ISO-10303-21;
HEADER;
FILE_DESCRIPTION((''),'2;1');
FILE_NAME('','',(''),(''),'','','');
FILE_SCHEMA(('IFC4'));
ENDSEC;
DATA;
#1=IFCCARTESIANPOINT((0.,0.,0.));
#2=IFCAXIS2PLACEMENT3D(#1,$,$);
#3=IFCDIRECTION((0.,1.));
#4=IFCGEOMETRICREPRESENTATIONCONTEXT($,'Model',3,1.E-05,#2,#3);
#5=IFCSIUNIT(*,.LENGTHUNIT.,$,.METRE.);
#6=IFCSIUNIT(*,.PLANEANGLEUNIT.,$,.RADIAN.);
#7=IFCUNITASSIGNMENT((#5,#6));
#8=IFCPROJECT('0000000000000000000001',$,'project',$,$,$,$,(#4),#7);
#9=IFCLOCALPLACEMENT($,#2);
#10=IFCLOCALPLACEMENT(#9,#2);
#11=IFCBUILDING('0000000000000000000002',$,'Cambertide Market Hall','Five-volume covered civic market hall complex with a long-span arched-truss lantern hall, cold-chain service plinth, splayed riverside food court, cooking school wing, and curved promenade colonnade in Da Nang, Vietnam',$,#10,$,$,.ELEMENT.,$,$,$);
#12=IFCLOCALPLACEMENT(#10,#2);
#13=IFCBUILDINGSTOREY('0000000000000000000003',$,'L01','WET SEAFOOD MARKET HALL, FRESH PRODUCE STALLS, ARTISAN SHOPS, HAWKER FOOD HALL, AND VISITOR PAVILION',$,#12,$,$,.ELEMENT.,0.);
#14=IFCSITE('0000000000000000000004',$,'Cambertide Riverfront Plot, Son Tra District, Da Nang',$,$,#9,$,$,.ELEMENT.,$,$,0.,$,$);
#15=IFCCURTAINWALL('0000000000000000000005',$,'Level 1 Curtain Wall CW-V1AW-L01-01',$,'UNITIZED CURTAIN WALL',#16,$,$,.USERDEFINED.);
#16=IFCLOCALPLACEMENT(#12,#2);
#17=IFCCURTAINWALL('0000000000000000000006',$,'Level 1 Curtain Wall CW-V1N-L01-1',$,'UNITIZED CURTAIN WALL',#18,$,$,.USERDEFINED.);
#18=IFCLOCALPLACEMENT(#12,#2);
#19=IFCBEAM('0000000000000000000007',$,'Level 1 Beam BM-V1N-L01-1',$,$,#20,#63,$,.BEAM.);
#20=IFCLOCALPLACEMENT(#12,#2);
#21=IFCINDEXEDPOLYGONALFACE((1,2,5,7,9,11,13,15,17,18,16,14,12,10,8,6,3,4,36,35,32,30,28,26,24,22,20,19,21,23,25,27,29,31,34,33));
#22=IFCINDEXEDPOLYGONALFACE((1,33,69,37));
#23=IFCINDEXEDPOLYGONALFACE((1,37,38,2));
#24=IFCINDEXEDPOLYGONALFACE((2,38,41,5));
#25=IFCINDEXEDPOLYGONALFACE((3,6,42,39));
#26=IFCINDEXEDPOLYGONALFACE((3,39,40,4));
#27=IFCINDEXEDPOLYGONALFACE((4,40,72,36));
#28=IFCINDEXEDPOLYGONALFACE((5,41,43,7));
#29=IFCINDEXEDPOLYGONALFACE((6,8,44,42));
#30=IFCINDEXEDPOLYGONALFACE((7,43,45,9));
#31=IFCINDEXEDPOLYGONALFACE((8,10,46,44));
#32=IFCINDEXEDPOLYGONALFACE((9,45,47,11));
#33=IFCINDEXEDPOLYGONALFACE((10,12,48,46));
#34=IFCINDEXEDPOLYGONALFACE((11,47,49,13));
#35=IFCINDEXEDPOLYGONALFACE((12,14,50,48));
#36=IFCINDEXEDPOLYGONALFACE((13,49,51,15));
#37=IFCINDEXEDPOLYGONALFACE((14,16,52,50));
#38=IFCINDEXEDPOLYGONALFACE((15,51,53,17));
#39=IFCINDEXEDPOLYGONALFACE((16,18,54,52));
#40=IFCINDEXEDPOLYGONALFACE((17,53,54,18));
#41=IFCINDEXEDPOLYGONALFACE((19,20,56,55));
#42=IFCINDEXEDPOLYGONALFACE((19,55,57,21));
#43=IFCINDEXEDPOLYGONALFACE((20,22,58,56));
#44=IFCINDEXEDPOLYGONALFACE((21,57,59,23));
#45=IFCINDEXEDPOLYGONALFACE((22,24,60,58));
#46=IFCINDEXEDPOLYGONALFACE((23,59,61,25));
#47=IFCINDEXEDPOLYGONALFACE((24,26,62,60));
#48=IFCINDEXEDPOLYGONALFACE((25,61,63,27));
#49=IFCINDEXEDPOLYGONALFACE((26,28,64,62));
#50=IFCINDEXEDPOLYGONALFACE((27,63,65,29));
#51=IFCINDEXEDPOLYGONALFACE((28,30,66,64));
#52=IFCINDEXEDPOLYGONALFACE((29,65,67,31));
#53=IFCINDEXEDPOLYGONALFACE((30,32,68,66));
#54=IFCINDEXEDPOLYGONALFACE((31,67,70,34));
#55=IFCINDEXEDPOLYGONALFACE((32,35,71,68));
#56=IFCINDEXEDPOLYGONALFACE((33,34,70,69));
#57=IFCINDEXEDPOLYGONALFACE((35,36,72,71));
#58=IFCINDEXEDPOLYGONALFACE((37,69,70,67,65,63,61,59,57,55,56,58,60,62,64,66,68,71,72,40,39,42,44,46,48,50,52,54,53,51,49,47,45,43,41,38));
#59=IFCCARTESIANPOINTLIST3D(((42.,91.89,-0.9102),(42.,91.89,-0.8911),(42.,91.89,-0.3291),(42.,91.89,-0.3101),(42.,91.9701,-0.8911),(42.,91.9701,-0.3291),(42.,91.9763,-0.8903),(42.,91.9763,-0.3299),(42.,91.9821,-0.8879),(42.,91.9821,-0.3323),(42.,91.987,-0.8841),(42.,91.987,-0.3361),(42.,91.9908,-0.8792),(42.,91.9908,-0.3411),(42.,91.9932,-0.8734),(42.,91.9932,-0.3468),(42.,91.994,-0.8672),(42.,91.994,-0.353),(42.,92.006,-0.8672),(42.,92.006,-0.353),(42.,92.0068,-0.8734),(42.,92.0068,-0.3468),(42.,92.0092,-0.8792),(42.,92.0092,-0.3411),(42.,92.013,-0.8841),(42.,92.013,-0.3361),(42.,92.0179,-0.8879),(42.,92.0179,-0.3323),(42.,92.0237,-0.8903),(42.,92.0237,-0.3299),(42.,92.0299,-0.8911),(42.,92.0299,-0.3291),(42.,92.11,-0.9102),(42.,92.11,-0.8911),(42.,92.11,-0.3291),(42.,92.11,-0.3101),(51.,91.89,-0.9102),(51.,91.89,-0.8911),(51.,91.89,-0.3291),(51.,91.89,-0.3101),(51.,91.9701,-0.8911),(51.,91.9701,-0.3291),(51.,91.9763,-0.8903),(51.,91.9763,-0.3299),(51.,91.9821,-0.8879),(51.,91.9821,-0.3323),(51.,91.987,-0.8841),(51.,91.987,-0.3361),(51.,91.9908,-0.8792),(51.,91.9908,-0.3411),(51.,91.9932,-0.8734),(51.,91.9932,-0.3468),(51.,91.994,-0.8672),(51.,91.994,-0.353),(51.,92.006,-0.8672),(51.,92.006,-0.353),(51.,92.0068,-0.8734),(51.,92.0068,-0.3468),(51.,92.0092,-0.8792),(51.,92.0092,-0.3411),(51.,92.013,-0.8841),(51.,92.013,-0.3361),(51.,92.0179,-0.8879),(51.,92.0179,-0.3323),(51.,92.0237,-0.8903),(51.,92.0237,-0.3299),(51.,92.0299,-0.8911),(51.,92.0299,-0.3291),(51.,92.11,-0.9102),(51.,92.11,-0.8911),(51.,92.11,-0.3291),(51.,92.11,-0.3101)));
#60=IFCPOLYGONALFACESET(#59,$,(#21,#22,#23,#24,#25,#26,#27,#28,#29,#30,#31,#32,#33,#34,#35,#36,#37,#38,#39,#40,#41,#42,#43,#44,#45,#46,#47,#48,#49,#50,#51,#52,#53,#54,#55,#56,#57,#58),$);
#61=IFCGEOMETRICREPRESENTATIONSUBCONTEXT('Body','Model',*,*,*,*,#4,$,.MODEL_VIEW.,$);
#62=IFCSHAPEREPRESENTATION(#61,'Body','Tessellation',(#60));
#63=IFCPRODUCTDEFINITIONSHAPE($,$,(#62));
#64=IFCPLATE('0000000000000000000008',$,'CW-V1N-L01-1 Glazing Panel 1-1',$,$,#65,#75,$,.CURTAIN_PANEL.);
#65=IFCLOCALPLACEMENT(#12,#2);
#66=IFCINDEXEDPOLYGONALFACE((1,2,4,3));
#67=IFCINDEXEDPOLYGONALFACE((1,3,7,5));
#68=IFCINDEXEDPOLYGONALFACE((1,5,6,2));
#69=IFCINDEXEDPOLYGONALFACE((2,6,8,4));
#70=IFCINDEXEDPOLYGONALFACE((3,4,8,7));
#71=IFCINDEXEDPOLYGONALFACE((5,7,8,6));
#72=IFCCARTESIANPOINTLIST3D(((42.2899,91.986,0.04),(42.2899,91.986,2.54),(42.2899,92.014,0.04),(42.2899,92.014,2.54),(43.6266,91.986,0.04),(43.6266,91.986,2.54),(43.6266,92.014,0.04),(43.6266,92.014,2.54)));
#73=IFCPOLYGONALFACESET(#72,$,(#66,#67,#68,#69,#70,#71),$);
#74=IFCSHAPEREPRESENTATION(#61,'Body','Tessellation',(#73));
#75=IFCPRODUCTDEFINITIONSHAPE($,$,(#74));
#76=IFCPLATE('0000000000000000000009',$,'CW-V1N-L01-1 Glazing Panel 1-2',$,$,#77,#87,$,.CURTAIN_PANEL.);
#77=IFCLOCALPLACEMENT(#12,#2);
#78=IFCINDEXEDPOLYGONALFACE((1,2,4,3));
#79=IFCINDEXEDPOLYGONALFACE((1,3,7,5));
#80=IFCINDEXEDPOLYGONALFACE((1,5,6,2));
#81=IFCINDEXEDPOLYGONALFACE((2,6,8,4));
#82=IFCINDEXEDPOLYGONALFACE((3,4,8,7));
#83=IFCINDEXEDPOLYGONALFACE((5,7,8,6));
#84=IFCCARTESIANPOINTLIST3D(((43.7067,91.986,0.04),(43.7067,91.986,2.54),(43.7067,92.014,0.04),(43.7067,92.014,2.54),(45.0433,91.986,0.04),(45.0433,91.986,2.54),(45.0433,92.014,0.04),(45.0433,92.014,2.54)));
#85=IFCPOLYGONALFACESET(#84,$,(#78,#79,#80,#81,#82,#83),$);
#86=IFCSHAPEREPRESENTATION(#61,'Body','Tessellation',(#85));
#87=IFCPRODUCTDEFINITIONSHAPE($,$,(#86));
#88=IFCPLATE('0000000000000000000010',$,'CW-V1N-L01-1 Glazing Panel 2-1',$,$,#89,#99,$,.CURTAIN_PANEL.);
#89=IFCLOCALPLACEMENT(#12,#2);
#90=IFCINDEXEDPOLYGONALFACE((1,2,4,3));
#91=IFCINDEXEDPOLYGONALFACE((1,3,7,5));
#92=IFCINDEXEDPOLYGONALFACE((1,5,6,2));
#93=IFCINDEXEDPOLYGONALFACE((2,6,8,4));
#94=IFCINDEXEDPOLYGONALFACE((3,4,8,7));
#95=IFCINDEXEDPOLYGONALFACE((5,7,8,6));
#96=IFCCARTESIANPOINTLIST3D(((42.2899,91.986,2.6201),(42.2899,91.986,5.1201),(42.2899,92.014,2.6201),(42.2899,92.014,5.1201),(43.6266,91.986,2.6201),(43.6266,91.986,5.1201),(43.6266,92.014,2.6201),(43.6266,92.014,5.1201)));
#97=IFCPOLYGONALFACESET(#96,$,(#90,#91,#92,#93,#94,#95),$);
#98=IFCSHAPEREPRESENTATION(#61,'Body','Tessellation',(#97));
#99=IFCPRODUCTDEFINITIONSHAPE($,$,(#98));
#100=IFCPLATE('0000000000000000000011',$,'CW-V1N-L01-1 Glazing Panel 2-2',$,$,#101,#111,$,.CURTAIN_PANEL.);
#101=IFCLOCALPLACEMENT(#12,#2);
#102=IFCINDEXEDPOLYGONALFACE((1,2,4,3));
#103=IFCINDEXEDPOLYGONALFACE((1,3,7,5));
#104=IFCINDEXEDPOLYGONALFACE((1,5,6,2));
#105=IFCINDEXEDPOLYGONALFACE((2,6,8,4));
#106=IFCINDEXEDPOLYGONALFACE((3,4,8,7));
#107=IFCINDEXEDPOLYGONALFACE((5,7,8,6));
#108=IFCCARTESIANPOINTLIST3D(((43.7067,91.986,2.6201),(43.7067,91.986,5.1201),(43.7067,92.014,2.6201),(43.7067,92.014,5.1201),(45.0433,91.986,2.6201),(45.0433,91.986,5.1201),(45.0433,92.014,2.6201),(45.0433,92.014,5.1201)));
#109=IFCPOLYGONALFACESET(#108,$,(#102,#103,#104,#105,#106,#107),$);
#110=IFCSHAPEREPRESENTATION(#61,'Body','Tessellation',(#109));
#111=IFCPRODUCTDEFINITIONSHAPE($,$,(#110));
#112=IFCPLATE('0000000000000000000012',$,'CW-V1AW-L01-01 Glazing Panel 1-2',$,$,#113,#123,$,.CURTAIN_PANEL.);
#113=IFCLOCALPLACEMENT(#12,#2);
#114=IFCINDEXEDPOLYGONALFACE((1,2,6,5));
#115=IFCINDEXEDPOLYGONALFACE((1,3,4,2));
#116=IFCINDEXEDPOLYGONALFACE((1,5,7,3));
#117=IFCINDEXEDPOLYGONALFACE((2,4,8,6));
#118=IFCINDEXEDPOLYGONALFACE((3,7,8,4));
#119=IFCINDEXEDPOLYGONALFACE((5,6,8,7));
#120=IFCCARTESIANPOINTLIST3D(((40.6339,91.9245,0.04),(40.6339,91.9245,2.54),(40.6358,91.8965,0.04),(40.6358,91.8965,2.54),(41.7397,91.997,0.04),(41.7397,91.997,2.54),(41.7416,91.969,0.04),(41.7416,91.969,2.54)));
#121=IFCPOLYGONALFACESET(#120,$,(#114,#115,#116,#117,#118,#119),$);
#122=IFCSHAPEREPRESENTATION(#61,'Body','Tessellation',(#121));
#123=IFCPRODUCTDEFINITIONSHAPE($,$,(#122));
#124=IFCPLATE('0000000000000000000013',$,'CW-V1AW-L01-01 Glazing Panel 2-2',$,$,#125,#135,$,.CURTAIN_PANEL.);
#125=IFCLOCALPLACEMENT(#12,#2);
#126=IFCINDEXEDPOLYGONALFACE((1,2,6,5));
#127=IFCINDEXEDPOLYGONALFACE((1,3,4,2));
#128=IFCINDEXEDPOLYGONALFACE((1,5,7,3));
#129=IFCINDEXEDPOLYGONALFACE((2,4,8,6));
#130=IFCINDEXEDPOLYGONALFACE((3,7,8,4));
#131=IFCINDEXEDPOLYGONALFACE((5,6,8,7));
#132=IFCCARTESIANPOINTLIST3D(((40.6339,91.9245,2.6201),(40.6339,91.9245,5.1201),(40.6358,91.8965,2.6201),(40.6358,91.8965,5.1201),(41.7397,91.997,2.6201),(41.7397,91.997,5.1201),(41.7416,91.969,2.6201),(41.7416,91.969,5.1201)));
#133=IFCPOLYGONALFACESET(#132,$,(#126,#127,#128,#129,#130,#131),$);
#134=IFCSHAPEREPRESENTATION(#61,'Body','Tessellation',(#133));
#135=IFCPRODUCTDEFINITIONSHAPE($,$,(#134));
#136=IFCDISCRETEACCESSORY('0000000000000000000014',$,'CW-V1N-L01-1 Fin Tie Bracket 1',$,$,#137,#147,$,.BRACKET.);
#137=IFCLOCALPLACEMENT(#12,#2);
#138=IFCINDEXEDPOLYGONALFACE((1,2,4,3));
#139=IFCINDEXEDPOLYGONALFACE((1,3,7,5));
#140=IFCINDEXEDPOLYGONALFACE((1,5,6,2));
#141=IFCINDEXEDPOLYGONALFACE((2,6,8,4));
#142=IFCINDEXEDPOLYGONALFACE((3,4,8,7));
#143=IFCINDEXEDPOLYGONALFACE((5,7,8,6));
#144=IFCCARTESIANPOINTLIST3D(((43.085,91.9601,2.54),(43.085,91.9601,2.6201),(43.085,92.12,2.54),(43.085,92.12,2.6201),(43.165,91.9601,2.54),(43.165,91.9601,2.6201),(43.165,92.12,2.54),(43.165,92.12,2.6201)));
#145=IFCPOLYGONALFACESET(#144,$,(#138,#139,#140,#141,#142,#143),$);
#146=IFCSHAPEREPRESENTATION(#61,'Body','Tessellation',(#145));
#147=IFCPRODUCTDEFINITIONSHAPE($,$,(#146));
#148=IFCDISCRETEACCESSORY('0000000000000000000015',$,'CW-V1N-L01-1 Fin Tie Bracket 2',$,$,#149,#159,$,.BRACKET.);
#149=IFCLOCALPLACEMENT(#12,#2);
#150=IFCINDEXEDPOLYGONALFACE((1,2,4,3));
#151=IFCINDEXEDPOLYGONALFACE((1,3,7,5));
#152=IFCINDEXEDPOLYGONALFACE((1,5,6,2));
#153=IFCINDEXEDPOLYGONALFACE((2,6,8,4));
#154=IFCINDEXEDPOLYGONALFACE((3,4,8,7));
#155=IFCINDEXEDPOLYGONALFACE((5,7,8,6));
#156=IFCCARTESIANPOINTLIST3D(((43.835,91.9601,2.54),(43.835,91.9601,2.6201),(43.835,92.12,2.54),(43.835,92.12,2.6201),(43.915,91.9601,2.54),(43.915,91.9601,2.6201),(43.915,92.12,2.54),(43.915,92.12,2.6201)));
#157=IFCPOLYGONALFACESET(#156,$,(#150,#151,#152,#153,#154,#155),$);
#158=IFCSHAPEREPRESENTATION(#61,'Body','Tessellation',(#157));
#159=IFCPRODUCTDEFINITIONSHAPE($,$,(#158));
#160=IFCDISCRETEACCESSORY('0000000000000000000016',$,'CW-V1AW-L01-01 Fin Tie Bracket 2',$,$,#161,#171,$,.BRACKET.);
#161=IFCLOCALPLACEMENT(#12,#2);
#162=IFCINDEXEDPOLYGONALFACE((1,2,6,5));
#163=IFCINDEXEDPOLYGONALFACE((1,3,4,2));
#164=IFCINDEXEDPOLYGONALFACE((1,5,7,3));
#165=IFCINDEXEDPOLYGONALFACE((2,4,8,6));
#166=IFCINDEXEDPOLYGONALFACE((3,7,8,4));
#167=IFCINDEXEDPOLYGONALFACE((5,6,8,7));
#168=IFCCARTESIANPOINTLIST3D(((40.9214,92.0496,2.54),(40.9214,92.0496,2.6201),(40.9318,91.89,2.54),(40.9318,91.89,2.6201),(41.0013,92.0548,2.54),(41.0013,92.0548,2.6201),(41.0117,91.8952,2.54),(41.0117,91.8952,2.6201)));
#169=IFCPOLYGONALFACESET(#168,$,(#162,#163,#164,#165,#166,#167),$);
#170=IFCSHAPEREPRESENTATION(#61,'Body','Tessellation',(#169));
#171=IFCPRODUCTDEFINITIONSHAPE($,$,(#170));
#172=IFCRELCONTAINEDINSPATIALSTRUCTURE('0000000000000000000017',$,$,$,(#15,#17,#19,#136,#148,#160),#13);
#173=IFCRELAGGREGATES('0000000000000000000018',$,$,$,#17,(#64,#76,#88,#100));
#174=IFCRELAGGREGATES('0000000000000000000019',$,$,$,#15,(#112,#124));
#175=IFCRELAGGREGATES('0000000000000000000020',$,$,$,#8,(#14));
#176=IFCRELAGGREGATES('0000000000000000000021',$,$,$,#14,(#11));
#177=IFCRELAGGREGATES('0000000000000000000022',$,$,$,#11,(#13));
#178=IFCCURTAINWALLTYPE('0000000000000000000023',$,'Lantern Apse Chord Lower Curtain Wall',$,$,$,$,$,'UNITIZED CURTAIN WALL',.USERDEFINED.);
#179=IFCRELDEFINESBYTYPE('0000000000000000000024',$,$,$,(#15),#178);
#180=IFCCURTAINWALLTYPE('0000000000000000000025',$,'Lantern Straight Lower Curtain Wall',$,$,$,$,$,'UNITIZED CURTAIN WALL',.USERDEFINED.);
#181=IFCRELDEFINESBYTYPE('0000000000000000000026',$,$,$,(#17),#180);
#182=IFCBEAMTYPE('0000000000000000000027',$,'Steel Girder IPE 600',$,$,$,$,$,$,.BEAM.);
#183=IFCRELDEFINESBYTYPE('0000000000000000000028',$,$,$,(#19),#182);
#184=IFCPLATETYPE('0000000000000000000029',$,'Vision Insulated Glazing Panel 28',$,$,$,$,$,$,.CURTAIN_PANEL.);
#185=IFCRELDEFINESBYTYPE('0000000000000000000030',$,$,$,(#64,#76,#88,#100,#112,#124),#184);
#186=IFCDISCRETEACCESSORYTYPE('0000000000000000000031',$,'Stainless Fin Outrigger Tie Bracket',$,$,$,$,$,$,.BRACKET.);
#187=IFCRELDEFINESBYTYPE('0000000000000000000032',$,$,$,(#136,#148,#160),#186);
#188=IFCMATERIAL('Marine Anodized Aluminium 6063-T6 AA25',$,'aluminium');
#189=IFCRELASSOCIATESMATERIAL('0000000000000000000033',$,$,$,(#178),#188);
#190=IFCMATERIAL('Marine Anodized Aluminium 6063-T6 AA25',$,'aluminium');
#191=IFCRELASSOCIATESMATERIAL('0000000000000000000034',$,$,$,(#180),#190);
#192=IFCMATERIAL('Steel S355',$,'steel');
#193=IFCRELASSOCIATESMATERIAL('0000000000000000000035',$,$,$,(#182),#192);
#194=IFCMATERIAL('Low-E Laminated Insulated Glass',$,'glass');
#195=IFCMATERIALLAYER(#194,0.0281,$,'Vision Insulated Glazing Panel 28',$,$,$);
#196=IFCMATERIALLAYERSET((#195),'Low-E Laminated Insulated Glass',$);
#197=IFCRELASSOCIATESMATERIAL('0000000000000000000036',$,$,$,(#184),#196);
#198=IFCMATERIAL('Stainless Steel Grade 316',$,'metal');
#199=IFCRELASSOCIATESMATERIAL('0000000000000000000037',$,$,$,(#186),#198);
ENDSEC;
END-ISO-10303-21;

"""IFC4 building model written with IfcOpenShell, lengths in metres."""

from ifc_helpers import new_model, si_unit, direction, frame, origin, origin_2d, place, context, subcontext, project, spatial, rectangle, i_section, extrude, material, layer, layer_set, material_profile, profile_set, type_object, element, aggregate, save


model = new_model("IFC4")

# Units and contexts
model_context = context("Model", 3, precision=1e-05, world=origin(), true_north=direction((0.0, 1.0)))
body_context = subcontext(model_context, "Body", "Model", "MODEL_VIEW")
ifc_project = project(units=[si_unit("LENGTHUNIT", "METRE"), si_unit("PLANEANGLEUNIT", "RADIAN")], contexts=[model_context])

# Site, building, storey
site_placement = place(None, origin())
site = spatial("IfcSite", under=ifc_project, at=site_placement, Name="Cambertide Riverfront Plot, Son Tra District, Da Nang", CompositionType="ELEMENT", RefElevation=0.0)
building_placement = place(site_placement, origin())
building = spatial("IfcBuilding", under=site, at=building_placement, Name="Cambertide Market Hall", Description="Five-volume covered civic market hall complex with a long-span arched-truss lantern hall, cold-chain service plinth, splayed riverside food court, cooking school wing, and curved promenade colonnade in Da Nang, Vietnam", CompositionType="ELEMENT")
storey_placement = place(building_placement, origin())
storey = spatial("IfcBuildingStorey", under=building, at=storey_placement, Name="L01", Description="WET SEAFOOD MARKET HALL, FRESH PRODUCE STALLS, ARTISAN SHOPS, HAWKER FOOD HALL, AND VISITOR PAVILION", CompositionType="ELEMENT", Elevation=0.0)

# Curtain wall
ifc_material_1 = material(Name="Marine Anodized Aluminium 6063-T6 AA25", Category="aluminium")
curtain_wall_type_1 = type_object("IfcCurtainWallType", Name="Lantern Apse Chord Lower Curtain Wall", ElementType="UNITIZED CURTAIN WALL", PredefinedType="USERDEFINED", material=ifc_material_1)
curtain_wall_1_placement = place(storey_placement, origin())
curtain_wall_1 = element("IfcCurtainWall", 1, at=curtain_wall_1_placement, inside=storey, type_object=curtain_wall_type_1, Name="Level 1 Curtain Wall CW-V1AW-L01-01", ObjectType="UNITIZED CURTAIN WALL", PredefinedType="USERDEFINED")

# Curtain wall
ifc_material_2 = material(Name="Marine Anodized Aluminium 6063-T6 AA25", Category="aluminium")
curtain_wall_type_2 = type_object("IfcCurtainWallType", Name="Lantern Straight Lower Curtain Wall", ElementType="UNITIZED CURTAIN WALL", PredefinedType="USERDEFINED", material=ifc_material_2)
curtain_wall_2_placement = place(storey_placement, origin())
curtain_wall_2 = element("IfcCurtainWall", 2, at=curtain_wall_2_placement, inside=storey, type_object=curtain_wall_type_2, Name="Level 1 Curtain Wall CW-V1N-L01-1", ObjectType="UNITIZED CURTAIN WALL", PredefinedType="USERDEFINED")

# Beam
ifc_material_3 = material(Name="Steel S355", Category="steel")
ifc_material_profile_1 = material_profile(ifc_material_3, i_section(OverallWidth=0.22, OverallDepth=0.6001, WebThickness=0.012, FlangeThickness=0.019, FilletRadius=0.0239, at=origin_2d()), Name="IPE 600")
ifc_profile_set_1 = profile_set([ifc_material_profile_1], Name="Steel S355")
beam_type_1 = type_object("IfcBeamType", Name="Steel Girder IPE 600", PredefinedType="BEAM", material=ifc_profile_set_1)
beam_1_placement = place(storey_placement, frame((42.0, 92.0, -0.6101), z_axis=(1.0, 0.0, 0.0), x_axis=(0.0, 1.0, 0.0)))
element("IfcBeam", 3, at=beam_1_placement, inside=storey, type_object=beam_type_1, Name="Level 1 Beam BM-V1N-L01-1", PredefinedType="BEAM", context=body_context, shape_type="SweptSolid", body=[
    extrude(i_section(OverallWidth=0.22, OverallDepth=0.6001, WebThickness=0.012, FlangeThickness=0.019, FilletRadius=0.0239, at=origin_2d()), origin(), (0.0, 0.0, 1.0), 9.0),
])

# Plates
ifc_material_4 = material(Name="Low-E Laminated Insulated Glass", Category="glass")
ifc_layer = layer(ifc_material_4, 0.0281, Name="Vision Insulated Glazing Panel 28")
ifc_layer_set = layer_set([ifc_layer], Name="Low-E Laminated Insulated Glass")
plate_type = type_object("IfcPlateType", Name="Vision Insulated Glazing Panel 28", PredefinedType="CURTAIN_PANEL", material=ifc_layer_set)
plate_1_placement = place(storey_placement, frame((42.9583, 92.0, 0.04), z_axis=(0.0, 0.0, 1.0), x_axis=(1.0, 0.0, 0.0)))
plate_1 = element("IfcPlate", 4, at=plate_1_placement, type_object=plate_type, Name="CW-V1N-L01-1 Glazing Panel 1-1", PredefinedType="CURTAIN_PANEL", context=body_context, shape_type="SweptSolid", body=[
    extrude(rectangle(XDim=1.3367, YDim=0.0281, at=origin_2d()), origin(), (0.0, 0.0, 1.0), 2.5),
])
plate_2_placement = place(storey_placement, frame((44.375, 92.0, 0.04), z_axis=(0.0, 0.0, 1.0), x_axis=(1.0, 0.0, 0.0)))
plate_2 = element("IfcPlate", 5, at=plate_2_placement, type_object=plate_type, Name="CW-V1N-L01-1 Glazing Panel 1-2", PredefinedType="CURTAIN_PANEL", context=body_context, shape_type="SweptSolid", body=[
    extrude(rectangle(XDim=1.3367, YDim=0.0281, at=origin_2d()), origin(), (0.0, 0.0, 1.0), 2.5),
])
plate_3_placement = place(storey_placement, frame((42.9583, 92.0, 2.6201), z_axis=(0.0, 0.0, 1.0), x_axis=(1.0, 0.0, 0.0)))
plate_3 = element("IfcPlate", 6, at=plate_3_placement, type_object=plate_type, Name="CW-V1N-L01-1 Glazing Panel 2-1", PredefinedType="CURTAIN_PANEL", context=body_context, shape_type="SweptSolid", body=[
    extrude(rectangle(XDim=1.3367, YDim=0.0281, at=origin_2d()), origin(), (0.0, 0.0, 1.0), 2.5),
])
plate_4_placement = place(storey_placement, frame((44.375, 92.0, 2.6201), z_axis=(0.0, 0.0, 1.0), x_axis=(1.0, 0.0, 0.0)))
plate_4 = element("IfcPlate", 7, at=plate_4_placement, type_object=plate_type, Name="CW-V1N-L01-1 Glazing Panel 2-2", PredefinedType="CURTAIN_PANEL", context=body_context, shape_type="SweptSolid", body=[
    extrude(rectangle(XDim=1.3367, YDim=0.0281, at=origin_2d()), origin(), (0.0, 0.0, 1.0), 2.5),
])
aggregate(curtain_wall_2, [plate_1, plate_2, plate_3, plate_4])
plate_5_placement = place(storey_placement, frame((41.1877, 91.9468, 0.04), z_axis=(0.0, 0.0, 1.0), x_axis=(0.997859, 0.065403, 0.0)))
plate_5 = element("IfcPlate", 8, at=plate_5_placement, type_object=plate_type, Name="CW-V1AW-L01-01 Glazing Panel 1-2", PredefinedType="CURTAIN_PANEL", context=body_context, shape_type="SweptSolid", body=[
    extrude(rectangle(XDim=1.1082, YDim=0.0281, at=origin_2d()), origin(), (0.0, 0.0, 1.0), 2.5),
])
plate_6_placement = place(storey_placement, frame((41.1877, 91.9468, 2.6201), z_axis=(0.0, 0.0, 1.0), x_axis=(0.997859, 0.065403, 0.0)))
plate_6 = element("IfcPlate", 9, at=plate_6_placement, type_object=plate_type, Name="CW-V1AW-L01-01 Glazing Panel 2-2", PredefinedType="CURTAIN_PANEL", context=body_context, shape_type="SweptSolid", body=[
    extrude(rectangle(XDim=1.1082, YDim=0.0281, at=origin_2d()), origin(), (0.0, 0.0, 1.0), 2.5),
])
aggregate(curtain_wall_1, [plate_5, plate_6])

# Discrete accessories
ifc_material_5 = material(Name="Stainless Steel Grade 316", Category="metal")
discrete_accessory_type = type_object("IfcDiscreteAccessoryType", Name="Stainless Fin Outrigger Tie Bracket", PredefinedType="BRACKET", material=ifc_material_5)
for number, where, z_axis, x_axis, name in (
    (10, (43.125, 92.04, 2.54), (0.0, 0.0, 1.0), (1.0, 0.0, 0.0), "CW-V1N-L01-1 Fin Tie Bracket 1"),
    (11, (43.875, 92.04, 2.54), (0.0, 0.0, 1.0), (1.0, 0.0, 0.0), "CW-V1N-L01-1 Fin Tie Bracket 2"),
    (12, (40.9666, 91.9724, 2.54), (0.0, 0.0, 1.0), (0.997859, 0.065403, 0.0), "CW-V1AW-L01-01 Fin Tie Bracket 2"),
):
    element("IfcDiscreteAccessory", number, at=place(storey_placement, frame(where, z_axis=z_axis, x_axis=x_axis)), inside=storey, type_object=discrete_accessory_type, Name=name, PredefinedType="BRACKET", context=body_context, shape_type="SweptSolid", body=[
        extrude(rectangle(XDim=0.0801, YDim=0.1599, at=origin_2d()), origin(), (0.0, 0.0, 1.0), 0.0801),
    ])

save(model, "model.ifc")
